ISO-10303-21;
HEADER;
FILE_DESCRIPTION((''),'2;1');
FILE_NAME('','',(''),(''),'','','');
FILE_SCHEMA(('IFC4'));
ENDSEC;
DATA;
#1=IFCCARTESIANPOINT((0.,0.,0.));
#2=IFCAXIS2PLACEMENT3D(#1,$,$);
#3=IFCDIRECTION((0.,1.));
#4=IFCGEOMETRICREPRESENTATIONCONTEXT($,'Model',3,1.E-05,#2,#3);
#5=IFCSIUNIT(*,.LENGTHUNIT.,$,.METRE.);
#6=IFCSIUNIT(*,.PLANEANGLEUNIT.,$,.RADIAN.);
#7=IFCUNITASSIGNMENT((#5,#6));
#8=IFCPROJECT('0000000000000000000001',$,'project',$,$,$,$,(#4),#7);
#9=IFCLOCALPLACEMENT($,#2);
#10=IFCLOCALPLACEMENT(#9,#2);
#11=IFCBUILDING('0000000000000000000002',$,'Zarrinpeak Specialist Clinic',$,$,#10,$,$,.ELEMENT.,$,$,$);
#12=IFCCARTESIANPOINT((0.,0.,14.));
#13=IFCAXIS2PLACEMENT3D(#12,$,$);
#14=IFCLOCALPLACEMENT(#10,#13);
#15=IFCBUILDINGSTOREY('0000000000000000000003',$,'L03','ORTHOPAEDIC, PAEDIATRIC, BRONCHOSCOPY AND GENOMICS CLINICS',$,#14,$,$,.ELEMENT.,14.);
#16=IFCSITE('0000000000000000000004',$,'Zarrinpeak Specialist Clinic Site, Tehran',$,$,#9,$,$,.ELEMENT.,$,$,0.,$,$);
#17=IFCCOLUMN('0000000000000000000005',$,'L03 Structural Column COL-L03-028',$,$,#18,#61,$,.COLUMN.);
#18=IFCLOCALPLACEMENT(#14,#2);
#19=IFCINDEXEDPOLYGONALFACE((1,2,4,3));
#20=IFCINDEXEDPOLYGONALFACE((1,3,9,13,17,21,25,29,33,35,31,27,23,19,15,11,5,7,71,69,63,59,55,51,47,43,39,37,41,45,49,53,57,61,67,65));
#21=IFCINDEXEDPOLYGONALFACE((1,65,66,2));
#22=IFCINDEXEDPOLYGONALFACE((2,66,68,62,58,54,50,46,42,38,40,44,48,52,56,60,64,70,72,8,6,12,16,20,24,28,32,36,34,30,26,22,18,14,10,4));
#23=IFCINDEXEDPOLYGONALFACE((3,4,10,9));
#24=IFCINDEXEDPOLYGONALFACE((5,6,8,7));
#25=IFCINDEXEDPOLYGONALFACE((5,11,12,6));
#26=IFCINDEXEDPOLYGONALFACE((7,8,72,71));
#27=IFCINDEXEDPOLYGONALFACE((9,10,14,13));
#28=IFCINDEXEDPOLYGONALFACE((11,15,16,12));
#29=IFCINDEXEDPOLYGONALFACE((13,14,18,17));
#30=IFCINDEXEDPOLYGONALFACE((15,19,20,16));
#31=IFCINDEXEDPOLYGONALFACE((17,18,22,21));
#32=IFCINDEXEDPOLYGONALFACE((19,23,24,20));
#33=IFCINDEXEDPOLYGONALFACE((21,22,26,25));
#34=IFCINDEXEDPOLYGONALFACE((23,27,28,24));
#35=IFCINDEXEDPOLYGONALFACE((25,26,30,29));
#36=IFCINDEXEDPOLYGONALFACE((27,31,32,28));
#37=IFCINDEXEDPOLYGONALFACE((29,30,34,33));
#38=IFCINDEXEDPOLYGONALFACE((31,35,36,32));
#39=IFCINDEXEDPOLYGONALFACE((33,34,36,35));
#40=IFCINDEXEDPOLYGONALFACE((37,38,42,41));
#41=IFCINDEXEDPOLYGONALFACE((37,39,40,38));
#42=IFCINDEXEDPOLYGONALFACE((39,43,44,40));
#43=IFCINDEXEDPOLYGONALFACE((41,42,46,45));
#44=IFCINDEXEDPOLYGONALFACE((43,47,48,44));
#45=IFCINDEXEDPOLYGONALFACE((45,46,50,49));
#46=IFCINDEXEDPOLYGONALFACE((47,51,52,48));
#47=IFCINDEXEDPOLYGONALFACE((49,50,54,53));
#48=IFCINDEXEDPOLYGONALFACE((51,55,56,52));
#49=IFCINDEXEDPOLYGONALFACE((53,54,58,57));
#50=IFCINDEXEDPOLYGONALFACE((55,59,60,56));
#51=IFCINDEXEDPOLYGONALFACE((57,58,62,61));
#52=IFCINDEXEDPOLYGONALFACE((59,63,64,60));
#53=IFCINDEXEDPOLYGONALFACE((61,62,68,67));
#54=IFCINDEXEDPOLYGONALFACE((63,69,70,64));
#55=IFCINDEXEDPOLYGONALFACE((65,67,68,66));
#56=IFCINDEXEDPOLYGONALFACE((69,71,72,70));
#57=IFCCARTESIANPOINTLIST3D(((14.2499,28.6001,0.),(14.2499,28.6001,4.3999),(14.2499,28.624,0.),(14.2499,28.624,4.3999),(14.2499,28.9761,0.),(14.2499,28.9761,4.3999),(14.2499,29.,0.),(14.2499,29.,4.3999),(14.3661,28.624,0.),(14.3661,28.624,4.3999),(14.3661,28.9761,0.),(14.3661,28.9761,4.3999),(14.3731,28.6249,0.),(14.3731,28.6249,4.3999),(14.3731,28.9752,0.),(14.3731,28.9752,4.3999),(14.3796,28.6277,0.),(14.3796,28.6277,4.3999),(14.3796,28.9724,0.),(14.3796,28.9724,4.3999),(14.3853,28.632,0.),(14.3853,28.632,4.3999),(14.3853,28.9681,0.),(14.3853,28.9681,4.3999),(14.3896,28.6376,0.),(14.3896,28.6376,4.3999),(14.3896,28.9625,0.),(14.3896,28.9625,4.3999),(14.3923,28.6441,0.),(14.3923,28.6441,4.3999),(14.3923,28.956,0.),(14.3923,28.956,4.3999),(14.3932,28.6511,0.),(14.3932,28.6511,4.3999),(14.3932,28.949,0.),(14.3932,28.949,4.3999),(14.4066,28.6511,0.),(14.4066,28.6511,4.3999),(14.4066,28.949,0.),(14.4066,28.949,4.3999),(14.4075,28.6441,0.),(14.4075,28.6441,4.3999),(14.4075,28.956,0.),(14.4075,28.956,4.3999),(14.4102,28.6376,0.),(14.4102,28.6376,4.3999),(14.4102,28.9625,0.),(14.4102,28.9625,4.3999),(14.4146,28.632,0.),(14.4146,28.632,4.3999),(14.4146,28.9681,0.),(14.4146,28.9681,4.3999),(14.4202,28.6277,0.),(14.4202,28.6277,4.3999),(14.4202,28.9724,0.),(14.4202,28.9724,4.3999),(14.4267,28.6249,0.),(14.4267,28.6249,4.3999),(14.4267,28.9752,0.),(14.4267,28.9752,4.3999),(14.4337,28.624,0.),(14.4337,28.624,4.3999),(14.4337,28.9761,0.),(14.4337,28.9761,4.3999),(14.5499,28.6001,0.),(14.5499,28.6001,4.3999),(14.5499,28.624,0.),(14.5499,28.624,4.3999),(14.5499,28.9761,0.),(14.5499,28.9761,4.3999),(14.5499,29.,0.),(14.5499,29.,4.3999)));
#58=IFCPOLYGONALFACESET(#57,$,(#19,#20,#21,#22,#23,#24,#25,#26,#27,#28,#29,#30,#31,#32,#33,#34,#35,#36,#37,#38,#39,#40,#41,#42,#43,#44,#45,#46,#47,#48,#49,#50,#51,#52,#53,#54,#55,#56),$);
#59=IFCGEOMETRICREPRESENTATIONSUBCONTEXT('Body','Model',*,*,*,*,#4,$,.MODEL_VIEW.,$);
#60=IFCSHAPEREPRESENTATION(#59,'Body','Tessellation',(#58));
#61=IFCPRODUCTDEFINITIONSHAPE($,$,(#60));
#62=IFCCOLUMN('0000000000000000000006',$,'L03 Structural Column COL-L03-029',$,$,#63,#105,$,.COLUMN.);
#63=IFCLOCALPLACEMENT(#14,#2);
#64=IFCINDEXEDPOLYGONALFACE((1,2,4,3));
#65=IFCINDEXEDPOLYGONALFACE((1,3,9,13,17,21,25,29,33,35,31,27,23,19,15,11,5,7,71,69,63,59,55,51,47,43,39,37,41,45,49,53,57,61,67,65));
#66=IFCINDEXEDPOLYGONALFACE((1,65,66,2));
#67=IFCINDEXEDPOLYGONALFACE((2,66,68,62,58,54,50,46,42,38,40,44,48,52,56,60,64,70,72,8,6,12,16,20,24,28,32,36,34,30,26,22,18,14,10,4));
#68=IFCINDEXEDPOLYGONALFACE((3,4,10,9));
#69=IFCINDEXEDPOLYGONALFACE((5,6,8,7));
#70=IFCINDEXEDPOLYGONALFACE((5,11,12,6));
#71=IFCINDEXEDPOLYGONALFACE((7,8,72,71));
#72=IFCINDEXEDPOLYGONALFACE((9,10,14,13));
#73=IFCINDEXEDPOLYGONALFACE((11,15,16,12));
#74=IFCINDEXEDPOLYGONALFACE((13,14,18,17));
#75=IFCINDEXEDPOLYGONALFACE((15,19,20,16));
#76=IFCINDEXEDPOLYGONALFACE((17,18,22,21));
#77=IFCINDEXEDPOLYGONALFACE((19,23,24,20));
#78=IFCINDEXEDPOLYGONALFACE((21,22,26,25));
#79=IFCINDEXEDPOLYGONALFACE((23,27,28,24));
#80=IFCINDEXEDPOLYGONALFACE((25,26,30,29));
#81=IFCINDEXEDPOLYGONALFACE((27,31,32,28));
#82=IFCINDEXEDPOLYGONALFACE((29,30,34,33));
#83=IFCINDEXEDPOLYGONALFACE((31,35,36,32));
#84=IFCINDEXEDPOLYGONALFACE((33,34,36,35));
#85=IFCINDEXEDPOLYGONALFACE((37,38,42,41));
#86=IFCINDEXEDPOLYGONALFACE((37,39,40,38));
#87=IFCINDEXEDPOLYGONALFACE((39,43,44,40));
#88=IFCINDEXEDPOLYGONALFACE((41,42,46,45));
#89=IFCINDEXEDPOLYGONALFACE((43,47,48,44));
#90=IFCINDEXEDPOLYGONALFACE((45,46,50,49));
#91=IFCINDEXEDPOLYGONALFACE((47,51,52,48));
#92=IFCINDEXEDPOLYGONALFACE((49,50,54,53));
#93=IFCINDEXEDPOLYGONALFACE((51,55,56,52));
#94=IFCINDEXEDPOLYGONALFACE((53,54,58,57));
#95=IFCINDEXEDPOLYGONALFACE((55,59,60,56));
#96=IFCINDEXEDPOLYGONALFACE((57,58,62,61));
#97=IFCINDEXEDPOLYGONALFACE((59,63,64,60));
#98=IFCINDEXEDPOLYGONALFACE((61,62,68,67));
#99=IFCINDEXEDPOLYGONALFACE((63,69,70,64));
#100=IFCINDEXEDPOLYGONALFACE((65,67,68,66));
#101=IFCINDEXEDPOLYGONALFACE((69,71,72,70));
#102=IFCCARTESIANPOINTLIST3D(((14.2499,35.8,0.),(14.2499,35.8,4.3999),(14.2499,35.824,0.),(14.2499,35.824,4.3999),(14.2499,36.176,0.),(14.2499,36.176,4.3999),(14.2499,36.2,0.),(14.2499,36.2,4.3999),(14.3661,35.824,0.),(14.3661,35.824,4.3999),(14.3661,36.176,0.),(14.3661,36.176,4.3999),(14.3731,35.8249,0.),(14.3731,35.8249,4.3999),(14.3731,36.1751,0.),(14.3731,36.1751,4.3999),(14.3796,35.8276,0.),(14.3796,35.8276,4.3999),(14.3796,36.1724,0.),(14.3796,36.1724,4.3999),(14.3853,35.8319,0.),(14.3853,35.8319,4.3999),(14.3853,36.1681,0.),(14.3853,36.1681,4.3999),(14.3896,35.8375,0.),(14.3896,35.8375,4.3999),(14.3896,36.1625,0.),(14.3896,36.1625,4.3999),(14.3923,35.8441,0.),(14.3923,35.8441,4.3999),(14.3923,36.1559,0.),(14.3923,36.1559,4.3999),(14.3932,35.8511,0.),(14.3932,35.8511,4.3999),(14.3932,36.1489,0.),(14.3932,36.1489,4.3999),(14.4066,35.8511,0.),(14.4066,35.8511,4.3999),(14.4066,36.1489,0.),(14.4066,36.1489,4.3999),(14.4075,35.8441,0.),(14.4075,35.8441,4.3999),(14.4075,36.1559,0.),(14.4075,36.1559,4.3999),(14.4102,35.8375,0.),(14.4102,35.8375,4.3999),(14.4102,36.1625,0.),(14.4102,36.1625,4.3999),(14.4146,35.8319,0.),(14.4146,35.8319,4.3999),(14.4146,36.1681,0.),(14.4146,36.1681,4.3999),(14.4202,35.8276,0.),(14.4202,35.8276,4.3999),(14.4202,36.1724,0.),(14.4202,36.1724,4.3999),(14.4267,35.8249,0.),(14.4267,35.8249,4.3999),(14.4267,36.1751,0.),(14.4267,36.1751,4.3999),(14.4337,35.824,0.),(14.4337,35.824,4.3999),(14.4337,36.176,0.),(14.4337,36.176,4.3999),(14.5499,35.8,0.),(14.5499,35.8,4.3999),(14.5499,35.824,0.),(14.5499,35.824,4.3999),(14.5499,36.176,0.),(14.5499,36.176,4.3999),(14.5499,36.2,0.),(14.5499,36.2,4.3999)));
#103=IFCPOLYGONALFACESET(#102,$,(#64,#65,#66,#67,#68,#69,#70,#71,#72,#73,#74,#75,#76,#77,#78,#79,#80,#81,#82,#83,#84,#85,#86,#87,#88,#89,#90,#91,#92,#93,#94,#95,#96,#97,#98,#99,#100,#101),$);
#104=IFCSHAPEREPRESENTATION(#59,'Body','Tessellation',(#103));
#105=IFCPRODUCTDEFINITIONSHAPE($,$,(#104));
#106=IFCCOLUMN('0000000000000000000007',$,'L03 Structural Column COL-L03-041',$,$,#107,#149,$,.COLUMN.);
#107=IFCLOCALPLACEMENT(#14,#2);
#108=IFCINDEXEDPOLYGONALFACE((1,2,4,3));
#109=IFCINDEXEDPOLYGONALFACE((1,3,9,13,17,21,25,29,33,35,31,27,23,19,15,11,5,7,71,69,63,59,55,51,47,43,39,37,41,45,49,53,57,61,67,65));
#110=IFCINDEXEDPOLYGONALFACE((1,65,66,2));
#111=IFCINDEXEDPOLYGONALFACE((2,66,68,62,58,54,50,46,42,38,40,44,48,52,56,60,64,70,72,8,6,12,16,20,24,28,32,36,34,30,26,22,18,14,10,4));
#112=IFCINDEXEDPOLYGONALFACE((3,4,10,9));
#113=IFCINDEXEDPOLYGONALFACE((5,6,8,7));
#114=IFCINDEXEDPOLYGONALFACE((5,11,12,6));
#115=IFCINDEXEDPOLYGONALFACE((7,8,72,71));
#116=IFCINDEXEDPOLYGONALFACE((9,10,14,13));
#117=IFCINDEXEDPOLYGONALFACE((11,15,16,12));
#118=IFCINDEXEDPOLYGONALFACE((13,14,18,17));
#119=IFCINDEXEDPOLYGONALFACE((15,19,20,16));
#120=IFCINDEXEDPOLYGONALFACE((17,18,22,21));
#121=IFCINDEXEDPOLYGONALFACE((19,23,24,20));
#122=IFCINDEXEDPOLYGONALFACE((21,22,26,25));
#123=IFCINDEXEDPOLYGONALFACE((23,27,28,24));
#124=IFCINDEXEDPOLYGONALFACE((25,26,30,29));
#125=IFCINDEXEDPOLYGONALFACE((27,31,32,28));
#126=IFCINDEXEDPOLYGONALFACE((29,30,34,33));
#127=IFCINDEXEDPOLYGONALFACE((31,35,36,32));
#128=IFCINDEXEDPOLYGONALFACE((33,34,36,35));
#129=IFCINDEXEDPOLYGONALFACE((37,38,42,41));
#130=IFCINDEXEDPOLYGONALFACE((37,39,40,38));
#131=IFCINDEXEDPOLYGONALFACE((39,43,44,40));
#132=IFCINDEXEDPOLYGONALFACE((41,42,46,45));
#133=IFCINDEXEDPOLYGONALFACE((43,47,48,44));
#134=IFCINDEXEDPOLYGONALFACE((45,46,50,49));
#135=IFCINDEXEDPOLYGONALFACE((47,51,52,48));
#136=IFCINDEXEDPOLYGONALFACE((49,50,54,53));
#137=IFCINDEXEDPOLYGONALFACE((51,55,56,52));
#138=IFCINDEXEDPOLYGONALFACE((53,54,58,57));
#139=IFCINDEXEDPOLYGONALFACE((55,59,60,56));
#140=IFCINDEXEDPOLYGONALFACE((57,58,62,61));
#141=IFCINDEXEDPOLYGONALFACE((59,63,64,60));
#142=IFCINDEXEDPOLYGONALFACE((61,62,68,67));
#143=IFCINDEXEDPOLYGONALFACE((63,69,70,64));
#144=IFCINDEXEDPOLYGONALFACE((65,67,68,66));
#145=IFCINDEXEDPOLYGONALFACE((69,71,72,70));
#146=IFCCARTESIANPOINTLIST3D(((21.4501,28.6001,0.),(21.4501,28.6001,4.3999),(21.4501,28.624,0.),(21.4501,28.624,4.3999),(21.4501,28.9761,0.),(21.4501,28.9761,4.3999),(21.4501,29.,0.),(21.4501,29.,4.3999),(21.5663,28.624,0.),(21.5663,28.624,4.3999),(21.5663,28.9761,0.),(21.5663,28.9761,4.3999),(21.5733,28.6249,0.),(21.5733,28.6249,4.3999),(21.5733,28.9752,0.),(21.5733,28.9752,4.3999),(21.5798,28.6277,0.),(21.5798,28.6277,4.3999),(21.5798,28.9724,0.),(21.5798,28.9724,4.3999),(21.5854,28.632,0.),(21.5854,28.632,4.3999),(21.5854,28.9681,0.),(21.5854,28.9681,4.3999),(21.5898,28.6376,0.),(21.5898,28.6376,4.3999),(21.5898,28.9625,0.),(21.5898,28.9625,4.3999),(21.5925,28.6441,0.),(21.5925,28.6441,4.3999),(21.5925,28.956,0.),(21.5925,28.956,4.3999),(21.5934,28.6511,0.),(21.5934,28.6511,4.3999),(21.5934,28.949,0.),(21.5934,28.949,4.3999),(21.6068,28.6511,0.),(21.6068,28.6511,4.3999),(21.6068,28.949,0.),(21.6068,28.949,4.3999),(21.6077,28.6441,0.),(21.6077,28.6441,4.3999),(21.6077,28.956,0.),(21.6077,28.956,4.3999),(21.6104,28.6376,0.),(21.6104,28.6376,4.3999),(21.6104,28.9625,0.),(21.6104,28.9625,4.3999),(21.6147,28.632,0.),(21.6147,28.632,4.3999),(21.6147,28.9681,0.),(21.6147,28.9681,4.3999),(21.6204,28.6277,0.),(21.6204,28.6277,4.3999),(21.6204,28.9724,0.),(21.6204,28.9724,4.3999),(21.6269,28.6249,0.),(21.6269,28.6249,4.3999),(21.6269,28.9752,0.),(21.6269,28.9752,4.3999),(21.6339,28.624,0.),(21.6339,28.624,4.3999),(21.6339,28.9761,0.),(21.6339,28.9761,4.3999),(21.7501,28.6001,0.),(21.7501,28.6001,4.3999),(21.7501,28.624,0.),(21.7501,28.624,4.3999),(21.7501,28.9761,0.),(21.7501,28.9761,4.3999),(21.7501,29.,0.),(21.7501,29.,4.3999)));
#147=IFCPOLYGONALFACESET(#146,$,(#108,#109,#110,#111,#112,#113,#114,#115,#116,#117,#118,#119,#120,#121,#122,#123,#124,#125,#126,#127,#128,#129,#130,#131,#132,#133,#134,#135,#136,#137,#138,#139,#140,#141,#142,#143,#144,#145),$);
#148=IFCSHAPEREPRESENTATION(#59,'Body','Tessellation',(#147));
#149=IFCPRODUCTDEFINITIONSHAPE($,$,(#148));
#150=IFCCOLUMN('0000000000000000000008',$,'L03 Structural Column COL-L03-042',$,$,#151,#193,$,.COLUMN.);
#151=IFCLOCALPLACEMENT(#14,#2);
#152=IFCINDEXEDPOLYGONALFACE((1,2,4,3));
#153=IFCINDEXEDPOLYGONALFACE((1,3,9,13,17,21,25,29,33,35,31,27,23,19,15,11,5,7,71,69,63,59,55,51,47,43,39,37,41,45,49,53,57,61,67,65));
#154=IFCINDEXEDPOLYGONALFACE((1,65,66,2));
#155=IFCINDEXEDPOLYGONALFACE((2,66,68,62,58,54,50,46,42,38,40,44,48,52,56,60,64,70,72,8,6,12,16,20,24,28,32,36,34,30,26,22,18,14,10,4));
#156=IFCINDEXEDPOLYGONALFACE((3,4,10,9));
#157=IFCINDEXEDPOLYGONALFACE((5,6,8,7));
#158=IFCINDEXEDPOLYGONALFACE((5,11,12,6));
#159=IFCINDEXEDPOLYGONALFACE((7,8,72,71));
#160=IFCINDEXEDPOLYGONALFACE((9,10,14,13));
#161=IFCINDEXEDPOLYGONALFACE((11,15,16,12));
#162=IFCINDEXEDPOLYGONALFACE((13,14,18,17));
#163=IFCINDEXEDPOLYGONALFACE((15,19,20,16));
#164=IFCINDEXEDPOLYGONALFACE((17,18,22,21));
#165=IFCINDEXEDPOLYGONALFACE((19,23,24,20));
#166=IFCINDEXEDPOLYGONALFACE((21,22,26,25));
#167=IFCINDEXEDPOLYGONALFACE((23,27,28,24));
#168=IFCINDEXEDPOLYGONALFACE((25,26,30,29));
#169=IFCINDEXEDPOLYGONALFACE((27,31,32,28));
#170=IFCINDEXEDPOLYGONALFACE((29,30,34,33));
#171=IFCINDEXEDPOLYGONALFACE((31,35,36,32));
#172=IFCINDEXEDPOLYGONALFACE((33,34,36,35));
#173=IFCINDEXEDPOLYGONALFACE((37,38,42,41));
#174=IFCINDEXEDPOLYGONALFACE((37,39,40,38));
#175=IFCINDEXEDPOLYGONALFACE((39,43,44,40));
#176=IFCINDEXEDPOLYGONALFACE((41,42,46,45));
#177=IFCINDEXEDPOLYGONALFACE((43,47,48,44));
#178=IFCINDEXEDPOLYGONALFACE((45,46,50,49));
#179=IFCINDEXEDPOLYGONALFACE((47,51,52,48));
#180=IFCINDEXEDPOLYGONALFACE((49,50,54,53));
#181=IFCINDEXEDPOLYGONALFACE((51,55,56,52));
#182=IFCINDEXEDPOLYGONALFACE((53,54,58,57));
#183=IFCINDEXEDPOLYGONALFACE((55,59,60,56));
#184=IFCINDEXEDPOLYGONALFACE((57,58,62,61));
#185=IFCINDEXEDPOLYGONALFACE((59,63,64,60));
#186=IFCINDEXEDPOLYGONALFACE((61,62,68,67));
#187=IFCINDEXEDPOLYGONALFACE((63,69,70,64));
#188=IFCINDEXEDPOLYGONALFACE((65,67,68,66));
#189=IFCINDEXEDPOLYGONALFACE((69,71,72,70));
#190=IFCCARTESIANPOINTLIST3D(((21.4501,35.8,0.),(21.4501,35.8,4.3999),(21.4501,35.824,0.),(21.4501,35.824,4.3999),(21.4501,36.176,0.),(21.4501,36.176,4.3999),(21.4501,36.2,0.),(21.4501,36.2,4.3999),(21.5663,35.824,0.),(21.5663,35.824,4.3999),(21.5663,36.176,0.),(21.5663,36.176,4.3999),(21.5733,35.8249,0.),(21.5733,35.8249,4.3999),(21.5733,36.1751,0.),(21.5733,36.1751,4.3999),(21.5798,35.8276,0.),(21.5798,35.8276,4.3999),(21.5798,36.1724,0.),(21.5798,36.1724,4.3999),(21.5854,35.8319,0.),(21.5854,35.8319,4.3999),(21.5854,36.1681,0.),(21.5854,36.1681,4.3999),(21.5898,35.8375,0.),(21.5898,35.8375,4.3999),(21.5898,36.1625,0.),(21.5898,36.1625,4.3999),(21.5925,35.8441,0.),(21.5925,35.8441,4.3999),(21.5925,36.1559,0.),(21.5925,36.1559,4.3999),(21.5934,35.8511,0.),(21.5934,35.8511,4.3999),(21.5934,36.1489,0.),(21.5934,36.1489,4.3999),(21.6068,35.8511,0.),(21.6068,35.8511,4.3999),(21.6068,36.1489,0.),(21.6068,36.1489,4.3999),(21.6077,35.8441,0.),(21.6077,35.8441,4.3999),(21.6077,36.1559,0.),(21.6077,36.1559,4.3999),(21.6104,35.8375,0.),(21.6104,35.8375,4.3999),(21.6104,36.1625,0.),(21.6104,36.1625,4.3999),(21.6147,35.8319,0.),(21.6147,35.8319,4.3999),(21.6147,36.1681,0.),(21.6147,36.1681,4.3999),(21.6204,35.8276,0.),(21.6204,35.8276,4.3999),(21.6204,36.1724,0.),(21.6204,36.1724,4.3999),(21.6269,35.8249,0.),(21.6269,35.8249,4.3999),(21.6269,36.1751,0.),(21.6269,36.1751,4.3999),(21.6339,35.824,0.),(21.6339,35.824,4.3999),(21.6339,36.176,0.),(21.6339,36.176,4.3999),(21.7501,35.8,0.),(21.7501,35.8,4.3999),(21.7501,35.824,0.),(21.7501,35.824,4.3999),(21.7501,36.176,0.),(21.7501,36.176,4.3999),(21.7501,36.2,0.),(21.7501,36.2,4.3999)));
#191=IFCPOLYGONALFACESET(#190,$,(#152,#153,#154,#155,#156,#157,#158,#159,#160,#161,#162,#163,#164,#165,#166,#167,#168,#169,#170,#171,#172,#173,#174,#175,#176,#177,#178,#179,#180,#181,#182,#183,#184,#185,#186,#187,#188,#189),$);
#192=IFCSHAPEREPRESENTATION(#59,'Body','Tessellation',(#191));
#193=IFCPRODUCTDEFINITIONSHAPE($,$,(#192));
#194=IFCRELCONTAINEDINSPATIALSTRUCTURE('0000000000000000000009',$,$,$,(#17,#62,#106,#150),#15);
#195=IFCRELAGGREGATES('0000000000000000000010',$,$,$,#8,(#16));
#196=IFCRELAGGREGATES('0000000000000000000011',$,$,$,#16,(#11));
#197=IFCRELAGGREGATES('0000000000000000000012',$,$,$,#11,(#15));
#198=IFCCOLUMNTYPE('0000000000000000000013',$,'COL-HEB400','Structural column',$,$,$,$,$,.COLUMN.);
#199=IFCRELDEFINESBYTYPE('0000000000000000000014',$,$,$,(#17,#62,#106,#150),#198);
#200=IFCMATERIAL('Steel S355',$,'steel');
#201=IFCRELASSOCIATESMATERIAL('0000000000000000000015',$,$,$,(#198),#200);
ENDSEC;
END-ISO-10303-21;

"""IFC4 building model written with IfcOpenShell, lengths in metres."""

from ifc_helpers import new_model, si_unit, direction, frame, origin, origin_2d, place, context, subcontext, project, spatial, i_section, extrude, material, material_profile, profile_set, type_object, element, save


model = new_model("IFC4")

# Units and contexts
model_context = context("Model", 3, precision=1e-05, world=origin(), true_north=direction((0.0, 1.0)))
body_context = subcontext(model_context, "Body", "Model", "MODEL_VIEW")
ifc_project = project(units=[si_unit("LENGTHUNIT", "METRE"), si_unit("PLANEANGLEUNIT", "RADIAN")], contexts=[model_context])

# Site, building, storey
site_placement = place(None, origin())
site = spatial("IfcSite", under=ifc_project, at=site_placement, Name="Zarrinpeak Specialist Clinic Site, Tehran", CompositionType="ELEMENT", RefElevation=0.0)
building_placement = place(site_placement, origin())
building = spatial("IfcBuilding", under=site, at=building_placement, Name="Zarrinpeak Specialist Clinic", CompositionType="ELEMENT")
storey_placement = place(building_placement, frame((0.0, 0.0, 14.0)))
storey = spatial("IfcBuildingStorey", under=building, at=storey_placement, Name="L03", Description="ORTHOPAEDIC, PAEDIATRIC, BRONCHOSCOPY AND GENOMICS CLINICS", CompositionType="ELEMENT", Elevation=14.0)

# Columns
ifc_material_1 = material(Name="Steel S355", Category="steel")
ifc_material_profile_1 = material_profile(ifc_material_1, i_section(OverallWidth=0.3, OverallDepth=0.3999, WebThickness=0.0134, FlangeThickness=0.0239, FilletRadius=0.0271, at=origin_2d()), Name="HEB 400")
ifc_profile_set_1 = profile_set([ifc_material_profile_1], Name="Steel S355")
column_type = type_object("IfcColumnType", Name="COL-HEB400", Description="Structural column", PredefinedType="COLUMN", material=ifc_profile_set_1)
for number, where, z_axis, x_axis, name in (
    (1, (14.3999, 28.8, 0.0), (0.0, 0.0, 1.0), (1.0, 0.0, 0.0), "L03 Structural Column COL-L03-028"),
    (2, (14.3999, 36.0, 0.0), (0.0, 0.0, 1.0), (1.0, 0.0, 0.0), "L03 Structural Column COL-L03-029"),
    (3, (21.6001, 28.8, 0.0), (0.0, 0.0, 1.0), (1.0, 0.0, 0.0), "L03 Structural Column COL-L03-041"),
    (4, (21.6001, 36.0, 0.0), (0.0, 0.0, 1.0), (1.0, 0.0, 0.0), "L03 Structural Column COL-L03-042"),
):
    element("IfcColumn", number, at=place(storey_placement, frame(where, z_axis=z_axis, x_axis=x_axis)), inside=storey, type_object=column_type, Name=name, PredefinedType="COLUMN", context=body_context, shape_type="SweptSolid", body=[
        extrude(i_section(OverallWidth=0.3, OverallDepth=0.3999, WebThickness=0.0134, FlangeThickness=0.0239, FilletRadius=0.0271, at=origin_2d()), origin(), (0.0, 0.0, 1.0), 4.3999),
    ])

save(model, "model.ifc")
